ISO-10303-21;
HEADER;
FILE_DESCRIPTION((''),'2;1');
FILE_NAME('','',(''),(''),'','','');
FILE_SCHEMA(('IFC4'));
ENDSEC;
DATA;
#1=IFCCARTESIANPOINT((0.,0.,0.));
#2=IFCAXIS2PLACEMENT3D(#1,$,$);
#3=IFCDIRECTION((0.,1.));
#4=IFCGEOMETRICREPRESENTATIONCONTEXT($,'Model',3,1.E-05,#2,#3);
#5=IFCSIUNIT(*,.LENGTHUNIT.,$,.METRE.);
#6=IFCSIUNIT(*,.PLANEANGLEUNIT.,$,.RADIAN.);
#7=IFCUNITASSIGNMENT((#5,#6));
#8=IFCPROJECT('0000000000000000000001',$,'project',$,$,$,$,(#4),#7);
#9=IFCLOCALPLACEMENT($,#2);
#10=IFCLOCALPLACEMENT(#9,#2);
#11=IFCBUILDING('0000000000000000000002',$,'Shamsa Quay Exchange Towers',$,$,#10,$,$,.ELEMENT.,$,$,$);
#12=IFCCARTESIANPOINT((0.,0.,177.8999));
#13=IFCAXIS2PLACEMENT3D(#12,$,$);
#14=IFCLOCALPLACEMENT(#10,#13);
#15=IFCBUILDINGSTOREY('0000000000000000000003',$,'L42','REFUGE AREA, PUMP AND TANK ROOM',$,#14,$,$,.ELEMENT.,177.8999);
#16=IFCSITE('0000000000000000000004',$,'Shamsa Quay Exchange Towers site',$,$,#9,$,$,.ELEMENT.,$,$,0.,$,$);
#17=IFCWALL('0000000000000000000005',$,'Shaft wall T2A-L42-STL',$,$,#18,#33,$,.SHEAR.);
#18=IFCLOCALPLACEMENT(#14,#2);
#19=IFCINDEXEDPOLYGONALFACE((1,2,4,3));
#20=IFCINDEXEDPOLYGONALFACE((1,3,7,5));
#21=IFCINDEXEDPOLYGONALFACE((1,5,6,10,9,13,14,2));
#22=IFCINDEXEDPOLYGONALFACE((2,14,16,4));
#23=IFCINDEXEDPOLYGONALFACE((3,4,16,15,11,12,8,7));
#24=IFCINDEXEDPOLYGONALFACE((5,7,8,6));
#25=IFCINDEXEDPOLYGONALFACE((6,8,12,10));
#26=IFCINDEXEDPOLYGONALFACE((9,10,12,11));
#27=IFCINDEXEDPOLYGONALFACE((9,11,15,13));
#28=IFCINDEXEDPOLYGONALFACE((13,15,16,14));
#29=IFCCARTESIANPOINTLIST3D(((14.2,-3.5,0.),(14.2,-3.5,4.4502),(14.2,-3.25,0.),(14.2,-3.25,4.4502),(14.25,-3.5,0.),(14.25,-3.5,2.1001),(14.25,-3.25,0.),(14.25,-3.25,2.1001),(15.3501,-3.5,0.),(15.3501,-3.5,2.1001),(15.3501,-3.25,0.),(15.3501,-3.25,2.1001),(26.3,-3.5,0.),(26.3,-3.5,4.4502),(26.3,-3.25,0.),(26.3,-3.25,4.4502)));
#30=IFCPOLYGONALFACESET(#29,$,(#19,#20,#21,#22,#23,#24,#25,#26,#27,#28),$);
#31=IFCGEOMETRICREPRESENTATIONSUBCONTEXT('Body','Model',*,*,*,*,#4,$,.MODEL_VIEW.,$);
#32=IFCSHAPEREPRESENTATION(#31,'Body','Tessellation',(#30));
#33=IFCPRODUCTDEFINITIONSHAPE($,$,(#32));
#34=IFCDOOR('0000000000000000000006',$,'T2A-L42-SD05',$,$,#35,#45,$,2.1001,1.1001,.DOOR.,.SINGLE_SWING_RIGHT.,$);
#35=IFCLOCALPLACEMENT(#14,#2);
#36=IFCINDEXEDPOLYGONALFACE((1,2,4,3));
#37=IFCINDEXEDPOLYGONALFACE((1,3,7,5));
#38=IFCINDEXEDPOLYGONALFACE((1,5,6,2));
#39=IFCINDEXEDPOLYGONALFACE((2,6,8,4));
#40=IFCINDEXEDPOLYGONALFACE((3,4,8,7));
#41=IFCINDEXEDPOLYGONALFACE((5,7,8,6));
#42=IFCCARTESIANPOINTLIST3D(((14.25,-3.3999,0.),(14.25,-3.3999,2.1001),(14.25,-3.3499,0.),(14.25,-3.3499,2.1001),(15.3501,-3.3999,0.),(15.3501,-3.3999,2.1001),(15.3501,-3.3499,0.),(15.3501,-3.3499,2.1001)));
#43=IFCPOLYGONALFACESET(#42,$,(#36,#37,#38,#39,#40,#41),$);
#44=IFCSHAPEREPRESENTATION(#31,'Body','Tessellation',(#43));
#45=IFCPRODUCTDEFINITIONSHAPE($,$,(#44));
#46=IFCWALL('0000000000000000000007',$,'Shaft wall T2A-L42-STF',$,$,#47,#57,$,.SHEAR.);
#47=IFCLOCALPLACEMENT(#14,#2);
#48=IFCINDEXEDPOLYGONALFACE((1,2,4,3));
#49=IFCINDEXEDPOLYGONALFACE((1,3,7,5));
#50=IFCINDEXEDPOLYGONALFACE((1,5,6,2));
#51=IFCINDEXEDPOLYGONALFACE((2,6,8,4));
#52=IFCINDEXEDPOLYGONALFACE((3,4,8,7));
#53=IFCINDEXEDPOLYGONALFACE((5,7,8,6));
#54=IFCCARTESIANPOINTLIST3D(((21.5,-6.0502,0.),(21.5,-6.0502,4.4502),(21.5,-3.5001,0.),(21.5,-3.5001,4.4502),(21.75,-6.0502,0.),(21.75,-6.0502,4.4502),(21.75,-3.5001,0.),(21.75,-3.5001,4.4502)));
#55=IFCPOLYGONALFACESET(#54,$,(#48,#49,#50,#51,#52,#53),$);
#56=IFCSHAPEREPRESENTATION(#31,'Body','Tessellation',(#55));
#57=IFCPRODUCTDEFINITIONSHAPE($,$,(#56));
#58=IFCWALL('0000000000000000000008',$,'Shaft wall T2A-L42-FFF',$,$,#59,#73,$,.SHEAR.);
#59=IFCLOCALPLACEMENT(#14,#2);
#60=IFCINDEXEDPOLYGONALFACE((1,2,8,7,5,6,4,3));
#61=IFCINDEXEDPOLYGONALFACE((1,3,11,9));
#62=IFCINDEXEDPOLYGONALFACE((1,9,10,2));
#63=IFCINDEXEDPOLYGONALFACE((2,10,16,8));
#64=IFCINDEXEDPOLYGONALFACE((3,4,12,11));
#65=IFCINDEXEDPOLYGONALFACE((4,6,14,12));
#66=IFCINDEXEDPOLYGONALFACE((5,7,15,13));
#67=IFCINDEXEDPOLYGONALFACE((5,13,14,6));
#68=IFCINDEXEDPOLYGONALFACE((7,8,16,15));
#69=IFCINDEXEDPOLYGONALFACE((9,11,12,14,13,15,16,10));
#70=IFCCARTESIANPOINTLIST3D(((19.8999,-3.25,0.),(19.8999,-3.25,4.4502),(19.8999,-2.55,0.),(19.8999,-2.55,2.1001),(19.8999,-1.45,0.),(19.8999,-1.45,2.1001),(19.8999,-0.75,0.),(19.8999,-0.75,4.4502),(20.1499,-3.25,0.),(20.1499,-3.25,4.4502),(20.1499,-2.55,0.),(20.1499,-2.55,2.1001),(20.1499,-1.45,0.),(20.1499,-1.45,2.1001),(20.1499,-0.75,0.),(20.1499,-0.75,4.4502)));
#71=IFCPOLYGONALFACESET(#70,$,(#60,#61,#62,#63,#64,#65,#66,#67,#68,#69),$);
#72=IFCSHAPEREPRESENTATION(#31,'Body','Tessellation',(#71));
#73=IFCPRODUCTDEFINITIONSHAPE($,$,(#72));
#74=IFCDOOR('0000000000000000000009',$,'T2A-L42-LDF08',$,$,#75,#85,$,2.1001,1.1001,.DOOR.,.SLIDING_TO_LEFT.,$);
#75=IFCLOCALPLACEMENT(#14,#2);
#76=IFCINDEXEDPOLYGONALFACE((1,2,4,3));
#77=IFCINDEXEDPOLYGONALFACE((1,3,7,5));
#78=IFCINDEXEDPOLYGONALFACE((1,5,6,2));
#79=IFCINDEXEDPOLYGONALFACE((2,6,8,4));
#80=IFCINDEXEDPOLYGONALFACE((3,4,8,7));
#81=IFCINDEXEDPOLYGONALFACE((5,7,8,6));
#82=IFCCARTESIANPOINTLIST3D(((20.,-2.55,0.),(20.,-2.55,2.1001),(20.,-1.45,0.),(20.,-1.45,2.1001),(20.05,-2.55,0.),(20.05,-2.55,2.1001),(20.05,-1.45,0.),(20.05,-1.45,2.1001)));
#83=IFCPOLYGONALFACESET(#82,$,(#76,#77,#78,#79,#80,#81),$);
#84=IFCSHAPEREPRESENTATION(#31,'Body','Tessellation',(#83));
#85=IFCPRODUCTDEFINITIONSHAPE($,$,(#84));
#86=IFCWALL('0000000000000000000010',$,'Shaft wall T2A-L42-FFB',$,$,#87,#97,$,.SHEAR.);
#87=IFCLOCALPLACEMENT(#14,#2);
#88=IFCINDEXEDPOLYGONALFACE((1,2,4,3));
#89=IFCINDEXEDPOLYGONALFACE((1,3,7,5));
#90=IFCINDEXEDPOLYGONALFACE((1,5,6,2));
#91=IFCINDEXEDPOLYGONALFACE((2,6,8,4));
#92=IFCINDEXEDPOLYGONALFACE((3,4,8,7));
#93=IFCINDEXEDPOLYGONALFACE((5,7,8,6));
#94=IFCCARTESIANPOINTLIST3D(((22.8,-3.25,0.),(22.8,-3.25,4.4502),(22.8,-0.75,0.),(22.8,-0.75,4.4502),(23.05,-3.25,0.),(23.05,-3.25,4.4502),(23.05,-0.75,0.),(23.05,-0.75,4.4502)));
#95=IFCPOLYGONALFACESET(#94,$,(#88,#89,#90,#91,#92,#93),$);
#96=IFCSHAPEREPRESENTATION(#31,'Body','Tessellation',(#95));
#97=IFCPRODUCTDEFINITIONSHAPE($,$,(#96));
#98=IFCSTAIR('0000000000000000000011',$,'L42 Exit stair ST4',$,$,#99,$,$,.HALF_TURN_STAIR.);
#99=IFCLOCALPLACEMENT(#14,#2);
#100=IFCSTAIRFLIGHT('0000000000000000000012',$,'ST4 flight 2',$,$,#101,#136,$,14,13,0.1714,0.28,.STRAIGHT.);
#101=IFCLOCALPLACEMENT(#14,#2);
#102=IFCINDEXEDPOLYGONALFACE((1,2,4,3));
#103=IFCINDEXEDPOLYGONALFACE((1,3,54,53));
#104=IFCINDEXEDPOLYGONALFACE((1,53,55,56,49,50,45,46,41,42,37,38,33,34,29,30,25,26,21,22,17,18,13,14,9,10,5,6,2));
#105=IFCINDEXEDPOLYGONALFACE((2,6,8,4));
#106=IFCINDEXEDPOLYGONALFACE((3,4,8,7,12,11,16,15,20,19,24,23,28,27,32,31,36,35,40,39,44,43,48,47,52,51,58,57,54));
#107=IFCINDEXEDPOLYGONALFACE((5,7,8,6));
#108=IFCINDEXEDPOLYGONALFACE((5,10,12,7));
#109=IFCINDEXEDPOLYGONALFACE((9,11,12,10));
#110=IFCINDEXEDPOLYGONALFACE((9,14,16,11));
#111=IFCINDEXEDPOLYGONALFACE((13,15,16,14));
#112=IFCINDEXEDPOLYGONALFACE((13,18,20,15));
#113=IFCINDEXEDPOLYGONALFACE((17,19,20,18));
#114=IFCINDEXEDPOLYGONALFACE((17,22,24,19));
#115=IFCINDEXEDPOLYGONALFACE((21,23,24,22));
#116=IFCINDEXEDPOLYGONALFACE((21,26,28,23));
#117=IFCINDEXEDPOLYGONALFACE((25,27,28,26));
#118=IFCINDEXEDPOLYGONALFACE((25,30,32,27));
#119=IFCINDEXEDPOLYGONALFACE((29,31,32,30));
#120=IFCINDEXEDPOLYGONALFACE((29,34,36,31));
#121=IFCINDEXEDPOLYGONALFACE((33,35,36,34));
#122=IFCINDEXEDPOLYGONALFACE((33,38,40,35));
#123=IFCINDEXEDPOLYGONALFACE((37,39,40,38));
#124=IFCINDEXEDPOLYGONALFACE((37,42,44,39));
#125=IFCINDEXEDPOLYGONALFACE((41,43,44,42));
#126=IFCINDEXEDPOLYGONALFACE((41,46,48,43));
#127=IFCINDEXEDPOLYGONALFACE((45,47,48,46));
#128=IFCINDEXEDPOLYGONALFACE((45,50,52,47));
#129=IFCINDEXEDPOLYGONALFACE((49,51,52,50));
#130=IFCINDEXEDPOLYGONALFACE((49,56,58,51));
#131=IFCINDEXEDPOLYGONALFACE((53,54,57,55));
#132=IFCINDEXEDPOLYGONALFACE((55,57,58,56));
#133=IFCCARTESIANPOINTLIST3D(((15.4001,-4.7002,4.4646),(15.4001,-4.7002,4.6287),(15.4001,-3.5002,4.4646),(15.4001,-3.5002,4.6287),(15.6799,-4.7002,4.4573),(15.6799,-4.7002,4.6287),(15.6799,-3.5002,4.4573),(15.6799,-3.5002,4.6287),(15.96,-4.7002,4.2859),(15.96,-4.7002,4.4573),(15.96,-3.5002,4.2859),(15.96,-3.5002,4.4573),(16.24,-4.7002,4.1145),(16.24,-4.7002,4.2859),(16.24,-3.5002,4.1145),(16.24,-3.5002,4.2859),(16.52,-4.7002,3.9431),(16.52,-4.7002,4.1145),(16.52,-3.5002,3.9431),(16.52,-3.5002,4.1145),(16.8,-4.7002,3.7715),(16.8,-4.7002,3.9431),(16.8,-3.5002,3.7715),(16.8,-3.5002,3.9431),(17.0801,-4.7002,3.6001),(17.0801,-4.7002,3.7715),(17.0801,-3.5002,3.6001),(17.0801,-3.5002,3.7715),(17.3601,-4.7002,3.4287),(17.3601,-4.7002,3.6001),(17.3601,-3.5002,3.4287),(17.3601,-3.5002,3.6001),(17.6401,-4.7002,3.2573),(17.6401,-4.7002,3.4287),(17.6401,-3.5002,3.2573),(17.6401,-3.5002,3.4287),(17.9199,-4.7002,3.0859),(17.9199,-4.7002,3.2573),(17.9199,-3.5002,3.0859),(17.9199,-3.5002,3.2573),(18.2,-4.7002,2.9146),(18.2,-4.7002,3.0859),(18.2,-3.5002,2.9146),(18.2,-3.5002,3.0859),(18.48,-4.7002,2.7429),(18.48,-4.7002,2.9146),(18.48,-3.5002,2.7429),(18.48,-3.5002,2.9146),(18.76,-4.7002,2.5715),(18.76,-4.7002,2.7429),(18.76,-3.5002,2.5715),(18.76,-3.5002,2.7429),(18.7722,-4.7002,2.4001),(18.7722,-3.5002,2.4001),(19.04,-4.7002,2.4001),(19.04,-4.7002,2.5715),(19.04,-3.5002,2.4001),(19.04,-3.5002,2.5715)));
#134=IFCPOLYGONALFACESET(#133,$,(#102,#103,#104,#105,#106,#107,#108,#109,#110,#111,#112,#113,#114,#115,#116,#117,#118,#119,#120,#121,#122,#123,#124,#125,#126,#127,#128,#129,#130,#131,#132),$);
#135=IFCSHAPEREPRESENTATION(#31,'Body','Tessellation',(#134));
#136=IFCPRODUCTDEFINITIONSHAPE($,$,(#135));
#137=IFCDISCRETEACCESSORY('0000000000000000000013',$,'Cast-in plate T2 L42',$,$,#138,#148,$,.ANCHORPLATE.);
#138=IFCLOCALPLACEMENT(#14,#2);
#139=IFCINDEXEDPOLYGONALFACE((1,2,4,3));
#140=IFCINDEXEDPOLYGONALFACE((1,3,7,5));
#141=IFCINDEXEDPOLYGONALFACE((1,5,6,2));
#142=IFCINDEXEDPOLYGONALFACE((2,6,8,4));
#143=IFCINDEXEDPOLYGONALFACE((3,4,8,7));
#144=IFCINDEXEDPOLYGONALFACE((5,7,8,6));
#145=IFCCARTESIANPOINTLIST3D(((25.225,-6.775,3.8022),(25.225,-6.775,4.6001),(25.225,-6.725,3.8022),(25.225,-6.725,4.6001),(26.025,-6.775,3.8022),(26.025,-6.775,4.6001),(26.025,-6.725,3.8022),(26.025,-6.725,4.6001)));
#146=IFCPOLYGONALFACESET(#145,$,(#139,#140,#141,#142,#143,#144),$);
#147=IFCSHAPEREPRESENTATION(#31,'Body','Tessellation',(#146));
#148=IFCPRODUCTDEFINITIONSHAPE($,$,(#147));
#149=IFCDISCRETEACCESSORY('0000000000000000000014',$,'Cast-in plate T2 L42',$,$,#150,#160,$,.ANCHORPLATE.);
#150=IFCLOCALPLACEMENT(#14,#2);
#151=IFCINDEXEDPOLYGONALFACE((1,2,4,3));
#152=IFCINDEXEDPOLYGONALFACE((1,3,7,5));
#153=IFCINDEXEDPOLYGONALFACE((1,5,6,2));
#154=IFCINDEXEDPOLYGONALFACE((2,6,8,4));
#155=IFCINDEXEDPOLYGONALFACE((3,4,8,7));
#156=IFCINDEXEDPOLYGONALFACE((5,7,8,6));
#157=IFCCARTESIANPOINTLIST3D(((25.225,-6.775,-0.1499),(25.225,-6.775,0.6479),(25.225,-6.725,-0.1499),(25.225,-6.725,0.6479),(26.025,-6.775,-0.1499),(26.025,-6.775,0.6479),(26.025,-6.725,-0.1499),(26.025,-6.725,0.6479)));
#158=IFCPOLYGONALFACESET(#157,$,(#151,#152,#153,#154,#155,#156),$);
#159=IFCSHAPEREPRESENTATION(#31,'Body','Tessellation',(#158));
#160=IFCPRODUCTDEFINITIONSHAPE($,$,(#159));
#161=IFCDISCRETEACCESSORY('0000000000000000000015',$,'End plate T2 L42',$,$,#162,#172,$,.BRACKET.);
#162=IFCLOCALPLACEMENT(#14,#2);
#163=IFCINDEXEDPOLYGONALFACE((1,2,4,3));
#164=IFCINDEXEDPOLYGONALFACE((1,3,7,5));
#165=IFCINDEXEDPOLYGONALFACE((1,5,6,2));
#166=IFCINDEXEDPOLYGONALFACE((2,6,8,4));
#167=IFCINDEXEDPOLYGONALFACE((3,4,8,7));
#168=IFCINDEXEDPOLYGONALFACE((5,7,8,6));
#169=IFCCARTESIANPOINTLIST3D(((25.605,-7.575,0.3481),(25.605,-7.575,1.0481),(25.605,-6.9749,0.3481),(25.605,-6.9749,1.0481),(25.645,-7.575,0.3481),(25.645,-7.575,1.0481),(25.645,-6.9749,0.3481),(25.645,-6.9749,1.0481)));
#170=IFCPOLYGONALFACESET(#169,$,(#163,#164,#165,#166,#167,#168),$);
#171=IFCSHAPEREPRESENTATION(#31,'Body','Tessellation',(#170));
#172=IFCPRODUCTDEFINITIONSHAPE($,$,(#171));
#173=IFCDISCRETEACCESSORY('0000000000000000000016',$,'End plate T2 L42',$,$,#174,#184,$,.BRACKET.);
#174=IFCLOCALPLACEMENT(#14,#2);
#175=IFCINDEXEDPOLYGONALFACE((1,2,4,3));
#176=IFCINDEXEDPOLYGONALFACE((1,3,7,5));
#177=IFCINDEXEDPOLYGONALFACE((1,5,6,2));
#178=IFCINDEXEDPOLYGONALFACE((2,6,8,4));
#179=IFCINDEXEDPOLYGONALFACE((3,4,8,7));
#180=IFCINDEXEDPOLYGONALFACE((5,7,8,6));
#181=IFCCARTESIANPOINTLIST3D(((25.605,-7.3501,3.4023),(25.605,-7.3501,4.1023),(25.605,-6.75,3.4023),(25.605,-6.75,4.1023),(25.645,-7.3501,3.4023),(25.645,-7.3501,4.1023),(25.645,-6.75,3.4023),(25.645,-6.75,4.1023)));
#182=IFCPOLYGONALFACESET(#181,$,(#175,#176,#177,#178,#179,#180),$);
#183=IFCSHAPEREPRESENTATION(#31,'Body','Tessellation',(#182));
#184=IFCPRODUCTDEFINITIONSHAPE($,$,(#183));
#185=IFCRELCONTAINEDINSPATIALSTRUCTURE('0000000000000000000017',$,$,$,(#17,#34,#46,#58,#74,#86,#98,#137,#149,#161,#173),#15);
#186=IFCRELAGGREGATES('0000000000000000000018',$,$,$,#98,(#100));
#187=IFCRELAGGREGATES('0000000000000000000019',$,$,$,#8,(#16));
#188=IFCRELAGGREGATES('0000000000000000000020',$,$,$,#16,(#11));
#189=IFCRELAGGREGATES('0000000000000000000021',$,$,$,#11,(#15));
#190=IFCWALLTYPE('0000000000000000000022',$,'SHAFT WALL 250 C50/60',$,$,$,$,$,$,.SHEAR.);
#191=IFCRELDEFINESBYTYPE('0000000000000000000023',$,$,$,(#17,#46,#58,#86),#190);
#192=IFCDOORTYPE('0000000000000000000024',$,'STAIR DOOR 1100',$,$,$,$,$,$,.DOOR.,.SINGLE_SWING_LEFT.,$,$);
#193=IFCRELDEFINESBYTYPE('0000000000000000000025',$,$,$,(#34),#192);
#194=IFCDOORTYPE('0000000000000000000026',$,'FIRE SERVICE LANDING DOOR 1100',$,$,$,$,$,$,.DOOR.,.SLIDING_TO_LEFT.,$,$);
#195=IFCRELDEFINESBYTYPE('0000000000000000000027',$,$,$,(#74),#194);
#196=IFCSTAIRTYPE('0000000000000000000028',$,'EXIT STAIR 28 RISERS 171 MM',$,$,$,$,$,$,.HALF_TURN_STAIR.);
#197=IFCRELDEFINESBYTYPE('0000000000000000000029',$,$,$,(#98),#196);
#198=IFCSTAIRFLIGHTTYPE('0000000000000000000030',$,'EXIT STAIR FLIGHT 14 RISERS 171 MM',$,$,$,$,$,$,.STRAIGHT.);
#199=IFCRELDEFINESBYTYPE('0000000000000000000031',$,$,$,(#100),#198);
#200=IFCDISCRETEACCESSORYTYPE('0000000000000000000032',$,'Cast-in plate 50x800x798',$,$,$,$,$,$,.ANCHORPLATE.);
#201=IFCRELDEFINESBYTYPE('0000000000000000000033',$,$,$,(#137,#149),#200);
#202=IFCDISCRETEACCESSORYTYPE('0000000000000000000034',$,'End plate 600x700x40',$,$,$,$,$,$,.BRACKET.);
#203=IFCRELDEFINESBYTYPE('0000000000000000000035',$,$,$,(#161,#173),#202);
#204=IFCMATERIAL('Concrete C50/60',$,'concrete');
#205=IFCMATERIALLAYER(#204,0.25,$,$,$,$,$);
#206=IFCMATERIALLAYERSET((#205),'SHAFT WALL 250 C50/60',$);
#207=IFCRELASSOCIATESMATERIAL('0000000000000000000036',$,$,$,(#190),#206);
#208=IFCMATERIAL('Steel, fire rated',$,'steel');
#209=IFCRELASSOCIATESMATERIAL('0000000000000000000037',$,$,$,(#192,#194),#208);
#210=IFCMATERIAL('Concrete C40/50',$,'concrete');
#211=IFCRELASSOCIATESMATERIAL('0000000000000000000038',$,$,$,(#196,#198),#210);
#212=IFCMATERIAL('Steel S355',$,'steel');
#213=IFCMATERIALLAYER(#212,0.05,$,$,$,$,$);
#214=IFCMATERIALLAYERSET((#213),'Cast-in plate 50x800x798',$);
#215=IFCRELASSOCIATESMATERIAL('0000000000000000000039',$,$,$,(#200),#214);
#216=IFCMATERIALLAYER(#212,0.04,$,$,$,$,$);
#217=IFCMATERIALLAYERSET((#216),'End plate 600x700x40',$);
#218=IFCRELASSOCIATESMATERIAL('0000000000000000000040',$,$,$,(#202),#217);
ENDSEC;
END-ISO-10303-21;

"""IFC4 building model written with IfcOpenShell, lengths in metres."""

from ifc_helpers import new_model, si_unit, direction, frame, frame_2d, origin, origin_2d, place, context, subcontext, project, spatial, polyline, rectangle, outline, extrude, material, layer, layer_set, type_object, element, fill, aggregate, save


model = new_model("IFC4")

# Units and contexts
model_context = context("Model", 3, precision=1e-05, world=origin(), true_north=direction((0.0, 1.0)))
body_context = subcontext(model_context, "Body", "Model", "MODEL_VIEW")
ifc_project = project(units=[si_unit("LENGTHUNIT", "METRE"), si_unit("PLANEANGLEUNIT", "RADIAN")], contexts=[model_context])

# Site, building, storey
site_placement = place(None, origin())
site = spatial("IfcSite", under=ifc_project, at=site_placement, Name="Shamsa Quay Exchange Towers site", CompositionType="ELEMENT", RefElevation=0.0)
building_placement = place(site_placement, origin())
building = spatial("IfcBuilding", under=site, at=building_placement, Name="Shamsa Quay Exchange Towers", CompositionType="ELEMENT")
storey_placement = place(building_placement, frame((0.0, 0.0, 177.8999)))
storey = spatial("IfcBuildingStorey", under=building, at=storey_placement, Name="L42", Description="REFUGE AREA, PUMP AND TANK ROOM", CompositionType="ELEMENT", Elevation=177.8999)

# Shared definitions
ifc_material_1 = material(Name="Steel S355", Category="steel")

# Wall, opening, door
ifc_material_2 = material(Name="Concrete C50/60", Category="concrete")
ifc_layer_1 = layer(ifc_material_2, 0.25)
ifc_layer_set_1 = layer_set([ifc_layer_1], Name="SHAFT WALL 250 C50/60")
wall_type = type_object("IfcWallType", Name="SHAFT WALL 250 C50/60", PredefinedType="SHEAR", material=ifc_layer_set_1)
wall_1_placement = place(storey_placement, frame((26.3, -3.375, 0.0), z_axis=(0.0, 0.0, 1.0), x_axis=(-1.0, 0.0, 0.0)))
wall_1 = element("IfcWall", 1, at=wall_1_placement, inside=storey, type_object=wall_type, Name="Shaft wall T2A-L42-STL", PredefinedType="SHEAR", context=body_context, shape_type="SweptSolid", body=[
    extrude(rectangle(XDim=12.1001, YDim=0.25, at=frame_2d((6.05, 0.0))), origin(), (0.0, 0.0, 1.0), 4.4502),
])
opening_1_placement = place(wall_1_placement, frame((10.95, 0.0, 0.0)))
opening_1 = element("IfcOpeningElement", 2, at=opening_1_placement, cuts=wall_1, PredefinedType="OPENING", context=body_context, shape_type="SweptSolid", body=[
    extrude(rectangle(XDim=1.1001, YDim=2.1001, at=frame_2d((0.55, 1.05))), frame((0.0, 0.135, 0.0), z_axis=(0.0, -1.0, 0.0), x_axis=(1.0, 0.0, 0.0)), (0.0, 0.0, 1.0), 0.27),
])
ifc_material_3 = material(Name="Steel, fire rated", Category="steel")
door_type_1 = type_object("IfcDoorType", Name="STAIR DOOR 1100", OperationType="SINGLE_SWING_LEFT", PredefinedType="DOOR", material=ifc_material_3)
door_1_placement = place(opening_1_placement, origin())
door_1 = element("IfcDoor", 3, at=door_1_placement, inside=storey, type_object=door_type_1, Name="T2A-L42-SD05", OperationType="SINGLE_SWING_RIGHT", OverallHeight=2.1001, OverallWidth=1.1001, PredefinedType="DOOR", context=body_context, shape_type="SweptSolid", body=[
    extrude(rectangle(XDim=1.1001, YDim=2.1001, at=frame_2d((0.55, 1.05))), frame((0.0, 0.0249, 0.0), z_axis=(0.0, -1.0, 0.0), x_axis=(1.0, 0.0, 0.0)), (0.0, 0.0, 1.0), 0.05),
])
fill(opening_1, door_1)

# Wall
wall_2_placement = place(storey_placement, frame((21.625, -6.05, 0.0), z_axis=(0.0, 0.0, 1.0), x_axis=(0.0, 1.0, 0.0)))
element("IfcWall", 4, at=wall_2_placement, inside=storey, type_object=wall_type, Name="Shaft wall T2A-L42-STF", PredefinedType="SHEAR", context=body_context, shape_type="SweptSolid", body=[
    extrude(rectangle(XDim=2.55, YDim=0.25, at=frame_2d((1.2749, 0.0))), origin(), (0.0, 0.0, 1.0), 4.4502),
])

# Wall, opening, door
wall_3_placement = place(storey_placement, frame((20.0249, -3.25, 0.0), z_axis=(0.0, 0.0, 1.0), x_axis=(0.0, 1.0, 0.0)))
wall_3 = element("IfcWall", 5, at=wall_3_placement, inside=storey, type_object=wall_type, Name="Shaft wall T2A-L42-FFF", PredefinedType="SHEAR", context=body_context, shape_type="SweptSolid", body=[
    extrude(rectangle(XDim=2.5, YDim=0.25, at=frame_2d((1.25, 0.0))), origin(), (0.0, 0.0, 1.0), 4.4502),
])
opening_2_placement = place(wall_3_placement, frame((0.7, 0.0, 0.0)))
opening_2 = element("IfcOpeningElement", 6, at=opening_2_placement, cuts=wall_3, PredefinedType="OPENING", context=body_context, shape_type="SweptSolid", body=[
    extrude(rectangle(XDim=1.1001, YDim=2.1001, at=frame_2d((0.55, 1.05))), frame((0.0, 0.135, 0.0), z_axis=(0.0, -1.0, 0.0), x_axis=(1.0, 0.0, 0.0)), (0.0, 0.0, 1.0), 0.27),
])
door_type_2 = type_object("IfcDoorType", Name="FIRE SERVICE LANDING DOOR 1100", OperationType="SLIDING_TO_LEFT", PredefinedType="DOOR", material=ifc_material_3)
door_2_placement = place(opening_2_placement, origin())
door_2 = element("IfcDoor", 7, at=door_2_placement, inside=storey, type_object=door_type_2, Name="T2A-L42-LDF08", OperationType="SLIDING_TO_LEFT", OverallHeight=2.1001, OverallWidth=1.1001, PredefinedType="DOOR", context=body_context, shape_type="SweptSolid", body=[
    extrude(rectangle(XDim=1.1001, YDim=2.1001, at=frame_2d((0.55, 1.05))), frame((0.0, 0.0249, 0.0), z_axis=(0.0, -1.0, 0.0), x_axis=(1.0, 0.0, 0.0)), (0.0, 0.0, 1.0), 0.05),
])
fill(opening_2, door_2)

# Wall
wall_4_placement = place(storey_placement, frame((22.925, -3.25, 0.0), z_axis=(0.0, 0.0, 1.0), x_axis=(0.0, 1.0, 0.0)))
element("IfcWall", 8, at=wall_4_placement, inside=storey, type_object=wall_type, Name="Shaft wall T2A-L42-FFB", PredefinedType="SHEAR", context=body_context, shape_type="SweptSolid", body=[
    extrude(rectangle(XDim=2.5, YDim=0.25, at=frame_2d((1.25, 0.0))), origin(), (0.0, 0.0, 1.0), 4.4502),
])

# Stair, stair flight
ifc_material_4 = material(Name="Concrete C40/50", Category="concrete")
stair_type = type_object("IfcStairType", Name="EXIT STAIR 28 RISERS 171 MM", PredefinedType="HALF_TURN_STAIR", material=ifc_material_4)
stair_placement = place(storey_placement, origin())
stair = element("IfcStair", 9, at=stair_placement, inside=storey, type_object=stair_type, Name="L42 Exit stair ST4", PredefinedType="HALF_TURN_STAIR")
stair_flight_type = type_object("IfcStairFlightType", Name="EXIT STAIR FLIGHT 14 RISERS 171 MM", PredefinedType="STRAIGHT", material=ifc_material_4)
stair_flight_placement = place(storey_placement, frame((19.04, -4.1001, 2.4001), z_axis=(0.0, 0.0, 1.0), x_axis=(-1.0, 0.0, 0.0)))
stair_flight = element("IfcStairFlight", 10, at=stair_flight_placement, type_object=stair_flight_type, Name="ST4 flight 2", NumberOfRisers=14, NumberOfTreads=13, PredefinedType="STRAIGHT", RiserHeight=0.1714, TreadLength=0.28, context=body_context, shape_type="SweptSolid", body=[
    extrude(outline(polyline([(0.0, 0.0), (0.0, 0.1714), (0.28, 0.1714), (0.28, 0.3428), (0.5601, 0.3428), (0.5601, 0.5144), (0.8401, 0.5144), (0.8401, 0.6858), (1.1201, 0.6858), (1.1201, 0.8572), (1.3999, 0.8572), (1.3999, 1.0286), (1.6799, 1.0286), (1.6799, 1.2), (1.96, 1.2), (1.96, 1.3713), (2.24, 1.3713), (2.24, 1.543), (2.52, 1.543), (2.52, 1.7144), (2.8, 1.7144), (2.8, 1.8857), (3.0801, 1.8857), (3.0801, 2.0571), (3.3601, 2.0571), (3.3601, 2.2285), (3.6399, 2.2285), (3.6399, 2.3999), (3.6399, 2.0645), (0.2678, 0.0), (0.0, 0.0)])), frame((0.0, 0.6001, 0.0), z_axis=(0.0, -1.0, 0.0), x_axis=(1.0, 0.0, 0.0)), (0.0, 0.0, 1.0), 1.2),
])
aggregate(stair, [stair_flight])

# Discrete accessories
ifc_layer_2 = layer(ifc_material_1, 0.05)
ifc_layer_set_2 = layer_set([ifc_layer_2], Name="Cast-in plate 50x800x798")
discrete_accessory_type_1 = type_object("IfcDiscreteAccessoryType", Name="Cast-in plate 50x800x798", PredefinedType="ANCHORPLATE", material=ifc_layer_set_2)
for number, where, z_axis, x_axis, name in (
    (11, (25.625, -6.75, 3.8022), (0.0, 0.0, 1.0), (0.0, 1.0, 0.0), "Cast-in plate T2 L42"),
    (12, (25.625, -6.75, -0.1499), (0.0, 0.0, 1.0), (0.0, 1.0, 0.0), "Cast-in plate T2 L42"),
):
    element("IfcDiscreteAccessory", number, at=place(storey_placement, frame(where, z_axis=z_axis, x_axis=x_axis)), inside=storey, type_object=discrete_accessory_type_1, Name=name, PredefinedType="ANCHORPLATE", context=body_context, shape_type="SweptSolid", body=[
        extrude(rectangle(XDim=0.05, YDim=0.8, at=origin_2d()), origin(), (0.0, 0.0, 1.0), 0.7979),
    ])
ifc_layer_3 = layer(ifc_material_1, 0.04)
ifc_layer_set_3 = layer_set([ifc_layer_3], Name="End plate 600x700x40")
discrete_accessory_type_2 = type_object("IfcDiscreteAccessoryType", Name="End plate 600x700x40", PredefinedType="BRACKET", material=ifc_layer_set_3)
for number, where, z_axis, x_axis, name in (
    (13, (25.625, -7.2749, 0.3481), (0.0, 0.0, 1.0), (0.0, 1.0, 0.0), "End plate T2 L42"),
    (14, (25.625, -7.05, 3.4023), (0.0, 0.0, 1.0), (0.0, 1.0, 0.0), "End plate T2 L42"),
):
    element("IfcDiscreteAccessory", number, at=place(storey_placement, frame(where, z_axis=z_axis, x_axis=x_axis)), inside=storey, type_object=discrete_accessory_type_2, Name=name, PredefinedType="BRACKET", context=body_context, shape_type="SweptSolid", body=[
        extrude(rectangle(XDim=0.6001, YDim=0.04, at=origin_2d()), origin(), (0.0, 0.0, 1.0), 0.7),
    ])

save(model, "model.ifc")
